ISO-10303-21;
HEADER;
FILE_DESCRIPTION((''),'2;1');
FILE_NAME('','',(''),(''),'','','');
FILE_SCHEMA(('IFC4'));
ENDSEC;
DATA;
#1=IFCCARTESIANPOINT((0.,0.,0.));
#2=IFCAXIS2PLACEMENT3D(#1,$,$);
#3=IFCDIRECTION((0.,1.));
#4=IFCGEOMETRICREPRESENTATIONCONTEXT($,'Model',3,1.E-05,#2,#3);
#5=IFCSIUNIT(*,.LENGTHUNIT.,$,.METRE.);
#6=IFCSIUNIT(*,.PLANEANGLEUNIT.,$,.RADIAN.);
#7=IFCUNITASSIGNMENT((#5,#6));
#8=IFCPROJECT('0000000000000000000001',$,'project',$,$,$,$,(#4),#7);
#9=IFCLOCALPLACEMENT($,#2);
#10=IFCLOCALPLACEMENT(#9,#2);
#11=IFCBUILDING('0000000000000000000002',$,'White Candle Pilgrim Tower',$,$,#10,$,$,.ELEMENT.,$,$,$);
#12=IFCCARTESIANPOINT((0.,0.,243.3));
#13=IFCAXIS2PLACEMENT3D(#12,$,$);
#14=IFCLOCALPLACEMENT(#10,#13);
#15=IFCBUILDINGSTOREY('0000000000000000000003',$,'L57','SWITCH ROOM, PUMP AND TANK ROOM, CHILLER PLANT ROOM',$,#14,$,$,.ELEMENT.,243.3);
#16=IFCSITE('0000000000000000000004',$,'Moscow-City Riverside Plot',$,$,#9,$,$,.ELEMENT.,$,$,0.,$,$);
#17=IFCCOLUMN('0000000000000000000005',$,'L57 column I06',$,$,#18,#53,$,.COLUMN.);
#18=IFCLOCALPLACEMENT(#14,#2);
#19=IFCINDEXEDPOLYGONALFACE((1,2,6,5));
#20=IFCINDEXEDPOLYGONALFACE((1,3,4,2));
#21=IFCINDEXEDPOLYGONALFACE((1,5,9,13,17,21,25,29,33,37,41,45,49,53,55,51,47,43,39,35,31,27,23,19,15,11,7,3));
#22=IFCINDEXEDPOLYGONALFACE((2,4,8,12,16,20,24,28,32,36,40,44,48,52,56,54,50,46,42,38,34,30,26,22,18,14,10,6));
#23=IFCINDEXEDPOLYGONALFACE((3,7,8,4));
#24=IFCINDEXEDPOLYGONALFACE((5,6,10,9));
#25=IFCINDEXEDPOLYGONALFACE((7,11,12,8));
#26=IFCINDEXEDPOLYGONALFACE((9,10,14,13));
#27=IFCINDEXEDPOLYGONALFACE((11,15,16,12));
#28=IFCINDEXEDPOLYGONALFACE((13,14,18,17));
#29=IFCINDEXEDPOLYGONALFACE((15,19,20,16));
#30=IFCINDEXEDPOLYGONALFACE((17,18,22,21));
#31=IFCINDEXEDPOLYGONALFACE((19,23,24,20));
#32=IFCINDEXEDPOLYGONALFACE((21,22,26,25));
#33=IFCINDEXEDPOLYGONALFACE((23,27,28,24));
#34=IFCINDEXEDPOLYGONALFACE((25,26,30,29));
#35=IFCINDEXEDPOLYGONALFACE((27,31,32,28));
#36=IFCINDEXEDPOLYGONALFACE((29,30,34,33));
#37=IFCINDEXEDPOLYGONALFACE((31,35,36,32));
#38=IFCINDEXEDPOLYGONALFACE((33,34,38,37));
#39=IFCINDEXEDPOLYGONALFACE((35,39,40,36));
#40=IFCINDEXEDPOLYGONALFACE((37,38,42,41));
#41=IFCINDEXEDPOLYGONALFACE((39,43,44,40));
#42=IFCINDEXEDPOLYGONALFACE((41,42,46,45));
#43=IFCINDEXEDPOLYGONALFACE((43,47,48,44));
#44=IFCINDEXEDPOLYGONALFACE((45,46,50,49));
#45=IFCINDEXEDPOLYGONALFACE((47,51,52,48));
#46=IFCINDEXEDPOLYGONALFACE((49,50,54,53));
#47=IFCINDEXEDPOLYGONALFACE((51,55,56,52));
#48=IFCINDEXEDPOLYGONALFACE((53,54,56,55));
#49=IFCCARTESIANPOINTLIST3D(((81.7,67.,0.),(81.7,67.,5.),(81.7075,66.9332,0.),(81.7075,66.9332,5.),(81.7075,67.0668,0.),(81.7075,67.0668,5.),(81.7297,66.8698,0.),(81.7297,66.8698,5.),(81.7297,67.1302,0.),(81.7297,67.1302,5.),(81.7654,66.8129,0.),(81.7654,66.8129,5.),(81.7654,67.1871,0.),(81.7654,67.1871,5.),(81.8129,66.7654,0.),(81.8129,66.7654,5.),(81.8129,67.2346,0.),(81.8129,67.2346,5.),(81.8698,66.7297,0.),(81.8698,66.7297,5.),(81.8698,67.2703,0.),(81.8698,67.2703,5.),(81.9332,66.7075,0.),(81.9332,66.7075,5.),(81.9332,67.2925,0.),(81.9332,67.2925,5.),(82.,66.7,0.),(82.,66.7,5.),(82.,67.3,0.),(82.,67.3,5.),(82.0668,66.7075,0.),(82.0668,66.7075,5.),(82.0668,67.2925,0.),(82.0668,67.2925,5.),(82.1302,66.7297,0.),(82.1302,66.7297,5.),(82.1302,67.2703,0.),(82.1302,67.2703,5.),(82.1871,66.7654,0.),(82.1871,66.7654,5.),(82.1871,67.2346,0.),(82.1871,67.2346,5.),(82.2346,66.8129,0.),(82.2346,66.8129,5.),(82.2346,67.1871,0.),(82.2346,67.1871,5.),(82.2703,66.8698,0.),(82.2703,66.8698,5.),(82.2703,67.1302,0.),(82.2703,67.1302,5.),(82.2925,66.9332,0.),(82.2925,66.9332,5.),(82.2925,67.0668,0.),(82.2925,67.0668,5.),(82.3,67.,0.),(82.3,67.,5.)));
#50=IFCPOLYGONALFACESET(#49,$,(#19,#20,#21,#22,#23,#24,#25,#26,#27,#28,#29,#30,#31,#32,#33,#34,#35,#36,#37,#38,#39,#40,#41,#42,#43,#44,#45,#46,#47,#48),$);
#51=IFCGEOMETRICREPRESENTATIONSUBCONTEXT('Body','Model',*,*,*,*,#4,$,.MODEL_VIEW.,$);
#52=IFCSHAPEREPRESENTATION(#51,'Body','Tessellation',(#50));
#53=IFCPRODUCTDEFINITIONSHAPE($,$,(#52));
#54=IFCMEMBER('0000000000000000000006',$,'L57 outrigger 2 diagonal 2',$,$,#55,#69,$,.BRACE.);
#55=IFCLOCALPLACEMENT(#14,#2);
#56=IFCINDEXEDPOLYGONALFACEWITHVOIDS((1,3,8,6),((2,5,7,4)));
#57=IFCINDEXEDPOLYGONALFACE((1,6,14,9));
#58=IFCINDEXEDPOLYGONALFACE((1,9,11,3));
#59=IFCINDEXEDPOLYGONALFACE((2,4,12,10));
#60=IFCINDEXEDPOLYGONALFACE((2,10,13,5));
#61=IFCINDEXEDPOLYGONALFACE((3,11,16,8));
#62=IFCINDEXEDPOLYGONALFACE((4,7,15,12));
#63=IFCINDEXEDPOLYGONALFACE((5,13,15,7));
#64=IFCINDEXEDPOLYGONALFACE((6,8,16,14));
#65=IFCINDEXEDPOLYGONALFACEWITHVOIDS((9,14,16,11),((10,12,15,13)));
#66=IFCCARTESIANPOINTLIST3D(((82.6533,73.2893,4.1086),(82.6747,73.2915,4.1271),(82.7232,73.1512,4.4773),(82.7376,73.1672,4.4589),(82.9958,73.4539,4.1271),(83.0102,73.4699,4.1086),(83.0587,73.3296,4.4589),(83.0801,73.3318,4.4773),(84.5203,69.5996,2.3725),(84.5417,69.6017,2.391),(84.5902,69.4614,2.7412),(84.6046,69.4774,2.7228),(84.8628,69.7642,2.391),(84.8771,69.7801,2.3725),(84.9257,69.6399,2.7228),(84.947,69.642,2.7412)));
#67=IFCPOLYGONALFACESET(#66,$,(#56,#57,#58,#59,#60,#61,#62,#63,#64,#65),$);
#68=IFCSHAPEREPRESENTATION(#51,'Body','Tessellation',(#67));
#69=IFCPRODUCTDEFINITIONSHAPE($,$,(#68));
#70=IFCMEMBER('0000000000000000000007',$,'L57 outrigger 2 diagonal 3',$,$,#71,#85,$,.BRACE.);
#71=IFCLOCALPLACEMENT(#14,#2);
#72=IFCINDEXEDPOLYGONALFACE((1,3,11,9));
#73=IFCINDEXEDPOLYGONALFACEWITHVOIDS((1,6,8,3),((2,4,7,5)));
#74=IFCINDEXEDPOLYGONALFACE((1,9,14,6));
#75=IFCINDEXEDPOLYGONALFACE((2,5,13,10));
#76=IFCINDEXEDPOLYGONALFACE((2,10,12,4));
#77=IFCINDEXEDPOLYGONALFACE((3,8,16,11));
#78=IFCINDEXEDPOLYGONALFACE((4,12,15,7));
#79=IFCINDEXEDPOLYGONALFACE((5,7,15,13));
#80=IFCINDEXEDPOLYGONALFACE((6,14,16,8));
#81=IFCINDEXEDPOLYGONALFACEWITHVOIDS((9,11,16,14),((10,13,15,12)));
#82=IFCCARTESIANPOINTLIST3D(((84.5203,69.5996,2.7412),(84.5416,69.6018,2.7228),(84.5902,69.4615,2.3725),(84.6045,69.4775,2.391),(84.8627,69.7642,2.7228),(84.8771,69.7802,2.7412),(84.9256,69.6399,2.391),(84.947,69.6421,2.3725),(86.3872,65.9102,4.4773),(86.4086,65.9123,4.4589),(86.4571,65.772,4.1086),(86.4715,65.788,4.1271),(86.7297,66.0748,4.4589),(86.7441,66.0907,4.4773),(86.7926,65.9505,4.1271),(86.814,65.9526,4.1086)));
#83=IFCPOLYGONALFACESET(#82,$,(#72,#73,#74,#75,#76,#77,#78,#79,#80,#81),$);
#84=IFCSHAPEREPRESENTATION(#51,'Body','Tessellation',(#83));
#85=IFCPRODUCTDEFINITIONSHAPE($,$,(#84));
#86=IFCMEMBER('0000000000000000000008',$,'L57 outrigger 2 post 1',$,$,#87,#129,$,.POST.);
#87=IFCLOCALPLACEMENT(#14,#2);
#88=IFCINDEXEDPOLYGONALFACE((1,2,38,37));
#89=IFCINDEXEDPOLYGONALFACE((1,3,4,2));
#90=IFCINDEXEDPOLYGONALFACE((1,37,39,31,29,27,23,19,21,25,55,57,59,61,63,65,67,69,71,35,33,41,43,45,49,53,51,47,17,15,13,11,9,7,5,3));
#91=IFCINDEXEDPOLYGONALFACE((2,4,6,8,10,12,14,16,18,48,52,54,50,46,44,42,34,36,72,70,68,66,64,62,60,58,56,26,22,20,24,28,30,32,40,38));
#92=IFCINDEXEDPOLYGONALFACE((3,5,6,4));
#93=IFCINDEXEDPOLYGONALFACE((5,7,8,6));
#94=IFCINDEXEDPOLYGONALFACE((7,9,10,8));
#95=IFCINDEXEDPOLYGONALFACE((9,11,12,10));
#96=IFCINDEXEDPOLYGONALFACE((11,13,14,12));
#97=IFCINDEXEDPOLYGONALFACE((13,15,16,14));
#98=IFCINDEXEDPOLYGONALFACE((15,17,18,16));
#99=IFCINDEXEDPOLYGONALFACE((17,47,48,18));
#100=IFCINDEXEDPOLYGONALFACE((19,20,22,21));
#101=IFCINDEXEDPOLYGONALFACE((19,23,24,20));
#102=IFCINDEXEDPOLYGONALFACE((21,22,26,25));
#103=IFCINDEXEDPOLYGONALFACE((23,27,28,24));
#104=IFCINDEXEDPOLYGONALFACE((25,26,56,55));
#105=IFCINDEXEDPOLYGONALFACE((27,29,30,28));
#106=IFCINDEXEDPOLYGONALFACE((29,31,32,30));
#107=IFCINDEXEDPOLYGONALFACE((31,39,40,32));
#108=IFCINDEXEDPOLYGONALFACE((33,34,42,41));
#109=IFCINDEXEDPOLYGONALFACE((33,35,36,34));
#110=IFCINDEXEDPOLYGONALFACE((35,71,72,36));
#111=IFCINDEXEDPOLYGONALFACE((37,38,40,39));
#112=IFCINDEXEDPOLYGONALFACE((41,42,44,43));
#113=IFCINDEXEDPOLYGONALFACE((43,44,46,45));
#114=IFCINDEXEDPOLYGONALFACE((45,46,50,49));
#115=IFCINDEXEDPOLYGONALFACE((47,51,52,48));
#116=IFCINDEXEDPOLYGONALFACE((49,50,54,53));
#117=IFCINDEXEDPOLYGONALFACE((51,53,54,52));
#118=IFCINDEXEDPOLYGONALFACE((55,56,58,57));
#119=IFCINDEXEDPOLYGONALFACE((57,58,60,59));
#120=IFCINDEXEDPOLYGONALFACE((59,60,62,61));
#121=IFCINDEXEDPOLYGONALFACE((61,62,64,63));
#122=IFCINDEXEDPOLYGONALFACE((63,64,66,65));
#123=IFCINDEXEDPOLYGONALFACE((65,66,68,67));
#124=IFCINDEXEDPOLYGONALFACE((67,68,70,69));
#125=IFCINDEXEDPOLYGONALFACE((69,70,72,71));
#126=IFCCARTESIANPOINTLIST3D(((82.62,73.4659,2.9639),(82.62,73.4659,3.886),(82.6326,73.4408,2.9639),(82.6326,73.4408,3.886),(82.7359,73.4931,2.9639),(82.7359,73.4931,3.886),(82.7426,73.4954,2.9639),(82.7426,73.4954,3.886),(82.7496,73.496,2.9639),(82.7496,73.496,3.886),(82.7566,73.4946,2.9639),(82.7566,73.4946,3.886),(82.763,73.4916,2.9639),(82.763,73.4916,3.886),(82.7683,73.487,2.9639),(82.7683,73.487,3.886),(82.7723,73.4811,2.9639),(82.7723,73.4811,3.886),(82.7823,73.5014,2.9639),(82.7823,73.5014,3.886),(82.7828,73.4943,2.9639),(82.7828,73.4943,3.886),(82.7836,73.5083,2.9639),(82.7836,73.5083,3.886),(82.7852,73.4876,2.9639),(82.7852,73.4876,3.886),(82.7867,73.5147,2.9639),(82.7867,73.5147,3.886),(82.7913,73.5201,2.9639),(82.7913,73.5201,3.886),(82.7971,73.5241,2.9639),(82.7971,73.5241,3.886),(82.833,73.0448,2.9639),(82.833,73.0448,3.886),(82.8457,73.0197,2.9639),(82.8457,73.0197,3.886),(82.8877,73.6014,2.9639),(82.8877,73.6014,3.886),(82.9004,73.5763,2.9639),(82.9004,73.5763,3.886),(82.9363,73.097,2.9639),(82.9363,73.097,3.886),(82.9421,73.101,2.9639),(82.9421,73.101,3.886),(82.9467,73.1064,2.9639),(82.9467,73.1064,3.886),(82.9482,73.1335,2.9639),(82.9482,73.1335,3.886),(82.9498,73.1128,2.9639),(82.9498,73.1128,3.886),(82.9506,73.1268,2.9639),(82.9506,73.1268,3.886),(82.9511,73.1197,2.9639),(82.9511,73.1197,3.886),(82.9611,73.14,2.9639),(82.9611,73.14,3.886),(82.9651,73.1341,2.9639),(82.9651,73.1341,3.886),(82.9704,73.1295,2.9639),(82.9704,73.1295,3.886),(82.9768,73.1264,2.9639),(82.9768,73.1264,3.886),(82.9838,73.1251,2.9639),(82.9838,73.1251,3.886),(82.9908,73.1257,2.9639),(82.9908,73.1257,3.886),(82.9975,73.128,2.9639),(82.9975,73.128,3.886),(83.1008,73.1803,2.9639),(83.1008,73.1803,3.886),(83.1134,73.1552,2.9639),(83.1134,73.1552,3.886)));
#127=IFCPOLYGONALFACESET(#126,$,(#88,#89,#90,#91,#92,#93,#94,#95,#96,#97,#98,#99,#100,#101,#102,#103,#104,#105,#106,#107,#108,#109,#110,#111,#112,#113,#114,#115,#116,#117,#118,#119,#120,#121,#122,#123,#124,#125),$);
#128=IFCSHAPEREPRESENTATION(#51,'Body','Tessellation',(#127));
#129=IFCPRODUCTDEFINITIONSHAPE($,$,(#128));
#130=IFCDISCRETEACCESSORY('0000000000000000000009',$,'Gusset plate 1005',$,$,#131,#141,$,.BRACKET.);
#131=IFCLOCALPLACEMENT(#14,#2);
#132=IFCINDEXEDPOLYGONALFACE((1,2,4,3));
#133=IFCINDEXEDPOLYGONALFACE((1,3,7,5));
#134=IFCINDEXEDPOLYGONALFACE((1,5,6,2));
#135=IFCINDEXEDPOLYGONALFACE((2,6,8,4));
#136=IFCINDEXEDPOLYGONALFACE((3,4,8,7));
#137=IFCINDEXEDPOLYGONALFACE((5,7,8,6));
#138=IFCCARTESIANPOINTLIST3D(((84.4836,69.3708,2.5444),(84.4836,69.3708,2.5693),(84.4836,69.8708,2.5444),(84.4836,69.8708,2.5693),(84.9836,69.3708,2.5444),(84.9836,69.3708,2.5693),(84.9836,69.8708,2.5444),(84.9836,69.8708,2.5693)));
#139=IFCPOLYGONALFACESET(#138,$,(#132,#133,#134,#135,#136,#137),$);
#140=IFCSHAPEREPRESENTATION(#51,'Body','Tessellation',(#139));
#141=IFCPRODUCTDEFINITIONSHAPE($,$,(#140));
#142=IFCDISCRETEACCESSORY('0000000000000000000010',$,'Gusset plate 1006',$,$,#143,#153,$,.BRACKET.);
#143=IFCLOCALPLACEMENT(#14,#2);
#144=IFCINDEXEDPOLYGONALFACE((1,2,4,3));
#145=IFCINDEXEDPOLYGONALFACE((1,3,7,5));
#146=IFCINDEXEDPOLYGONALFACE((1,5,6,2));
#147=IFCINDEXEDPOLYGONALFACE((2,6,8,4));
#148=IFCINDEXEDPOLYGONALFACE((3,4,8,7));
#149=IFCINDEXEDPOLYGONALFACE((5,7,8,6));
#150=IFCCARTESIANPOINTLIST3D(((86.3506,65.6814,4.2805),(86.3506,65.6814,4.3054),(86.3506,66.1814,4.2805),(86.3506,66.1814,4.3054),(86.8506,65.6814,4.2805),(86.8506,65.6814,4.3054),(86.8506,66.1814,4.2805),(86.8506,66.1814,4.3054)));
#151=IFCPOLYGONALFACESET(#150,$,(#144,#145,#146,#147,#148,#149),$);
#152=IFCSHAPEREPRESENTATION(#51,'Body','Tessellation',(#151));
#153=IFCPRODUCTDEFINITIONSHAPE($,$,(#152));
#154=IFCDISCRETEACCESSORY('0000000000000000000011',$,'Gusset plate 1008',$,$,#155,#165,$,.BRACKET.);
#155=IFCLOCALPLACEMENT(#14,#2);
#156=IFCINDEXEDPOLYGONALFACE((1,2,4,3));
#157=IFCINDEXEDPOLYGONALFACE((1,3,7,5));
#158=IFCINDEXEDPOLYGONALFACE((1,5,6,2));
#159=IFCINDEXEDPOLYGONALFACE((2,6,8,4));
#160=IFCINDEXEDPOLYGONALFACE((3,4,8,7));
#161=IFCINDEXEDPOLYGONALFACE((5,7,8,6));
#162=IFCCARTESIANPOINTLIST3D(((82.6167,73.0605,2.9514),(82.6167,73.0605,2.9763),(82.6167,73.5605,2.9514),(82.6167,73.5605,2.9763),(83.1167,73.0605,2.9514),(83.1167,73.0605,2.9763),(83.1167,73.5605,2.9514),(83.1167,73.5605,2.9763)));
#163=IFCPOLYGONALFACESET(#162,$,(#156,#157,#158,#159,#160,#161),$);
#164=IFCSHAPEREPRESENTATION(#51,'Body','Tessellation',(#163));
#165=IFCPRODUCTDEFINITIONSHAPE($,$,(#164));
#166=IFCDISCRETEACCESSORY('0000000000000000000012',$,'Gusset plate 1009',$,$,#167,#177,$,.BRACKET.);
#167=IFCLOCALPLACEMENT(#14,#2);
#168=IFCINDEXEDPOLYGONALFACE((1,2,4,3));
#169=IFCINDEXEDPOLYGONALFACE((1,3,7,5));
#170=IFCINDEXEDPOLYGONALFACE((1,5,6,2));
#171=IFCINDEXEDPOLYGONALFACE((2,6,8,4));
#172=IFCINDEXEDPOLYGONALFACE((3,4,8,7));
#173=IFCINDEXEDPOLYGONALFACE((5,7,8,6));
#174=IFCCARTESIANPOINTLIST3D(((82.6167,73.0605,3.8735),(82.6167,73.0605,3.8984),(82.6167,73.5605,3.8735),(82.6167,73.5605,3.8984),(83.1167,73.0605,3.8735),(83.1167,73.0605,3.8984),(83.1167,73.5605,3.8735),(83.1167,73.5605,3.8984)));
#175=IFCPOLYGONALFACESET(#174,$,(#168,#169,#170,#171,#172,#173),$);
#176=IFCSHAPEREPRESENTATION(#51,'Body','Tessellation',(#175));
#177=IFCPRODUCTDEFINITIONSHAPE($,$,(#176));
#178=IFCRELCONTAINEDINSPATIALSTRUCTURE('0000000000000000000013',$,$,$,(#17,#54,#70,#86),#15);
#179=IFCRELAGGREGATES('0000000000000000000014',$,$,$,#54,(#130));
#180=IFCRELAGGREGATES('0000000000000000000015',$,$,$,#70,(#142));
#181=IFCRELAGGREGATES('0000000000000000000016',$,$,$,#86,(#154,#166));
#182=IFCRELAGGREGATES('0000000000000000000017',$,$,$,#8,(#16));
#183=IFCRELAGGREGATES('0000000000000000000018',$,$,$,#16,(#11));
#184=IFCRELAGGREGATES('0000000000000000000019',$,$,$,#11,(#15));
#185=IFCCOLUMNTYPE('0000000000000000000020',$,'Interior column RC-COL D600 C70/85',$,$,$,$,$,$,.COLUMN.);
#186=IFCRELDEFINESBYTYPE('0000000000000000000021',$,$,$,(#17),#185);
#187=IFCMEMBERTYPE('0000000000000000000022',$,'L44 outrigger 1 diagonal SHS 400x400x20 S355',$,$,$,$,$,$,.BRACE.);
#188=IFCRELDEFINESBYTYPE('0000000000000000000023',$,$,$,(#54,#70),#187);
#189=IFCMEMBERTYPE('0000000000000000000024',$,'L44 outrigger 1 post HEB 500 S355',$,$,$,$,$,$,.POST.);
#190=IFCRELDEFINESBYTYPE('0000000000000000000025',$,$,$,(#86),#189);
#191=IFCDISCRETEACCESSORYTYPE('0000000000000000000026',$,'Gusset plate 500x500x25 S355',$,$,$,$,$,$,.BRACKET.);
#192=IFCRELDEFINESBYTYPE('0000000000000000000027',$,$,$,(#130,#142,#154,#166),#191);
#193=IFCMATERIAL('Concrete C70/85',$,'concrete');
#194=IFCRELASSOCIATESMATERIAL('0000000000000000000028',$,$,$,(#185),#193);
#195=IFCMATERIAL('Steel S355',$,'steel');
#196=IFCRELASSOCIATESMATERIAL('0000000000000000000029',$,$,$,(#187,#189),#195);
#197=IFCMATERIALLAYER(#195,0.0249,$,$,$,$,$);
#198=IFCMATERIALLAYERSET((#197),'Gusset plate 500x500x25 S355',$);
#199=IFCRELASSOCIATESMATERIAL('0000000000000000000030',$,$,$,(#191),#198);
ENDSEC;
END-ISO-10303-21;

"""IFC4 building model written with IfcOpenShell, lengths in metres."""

from ifc_helpers import new_model, si_unit, direction, frame, origin, origin_2d, place, context, subcontext, project, spatial, rectangle, hollow_rectangle, circle, i_section, extrude, material, layer, layer_set, material_profile, profile_set, type_object, element, aggregate, save


model = new_model("IFC4")

# Units and contexts
model_context = context("Model", 3, precision=1e-05, world=origin(), true_north=direction((0.0, 1.0)))
body_context = subcontext(model_context, "Body", "Model", "MODEL_VIEW")
ifc_project = project(units=[si_unit("LENGTHUNIT", "METRE"), si_unit("PLANEANGLEUNIT", "RADIAN")], contexts=[model_context])

# Site, building, storey
site_placement = place(None, origin())
site = spatial("IfcSite", under=ifc_project, at=site_placement, Name="Moscow-City Riverside Plot", CompositionType="ELEMENT", RefElevation=0.0)
building_placement = place(site_placement, origin())
building = spatial("IfcBuilding", under=site, at=building_placement, Name="White Candle Pilgrim Tower", CompositionType="ELEMENT")
storey_placement = place(building_placement, frame((0.0, 0.0, 243.3)))
storey = spatial("IfcBuildingStorey", under=building, at=storey_placement, Name="L57", Description="SWITCH ROOM, PUMP AND TANK ROOM, CHILLER PLANT ROOM", CompositionType="ELEMENT", Elevation=243.3)

# Column
ifc_material_1 = material(Name="Concrete C70/85", Category="concrete")
ifc_material_profile_1 = material_profile(ifc_material_1, circle(Radius=0.3, at=origin_2d()), Name="RC-COL D600")
ifc_profile_set_1 = profile_set([ifc_material_profile_1], Name="Concrete C70/85")
column_type = type_object("IfcColumnType", Name="Interior column RC-COL D600 C70/85", PredefinedType="COLUMN", material=ifc_profile_set_1)
column_placement = place(storey_placement, frame((82.0, 67.0, 0.0), z_axis=(0.0, 0.0, 1.0), x_axis=(1.0, 0.0, 0.0)))
element("IfcColumn", 1, at=column_placement, inside=storey, type_object=column_type, Name="L57 column I06", PredefinedType="COLUMN", context=body_context, shape_type="SweptSolid", body=[
    extrude(circle(Radius=0.3, at=origin_2d()), origin(), (0.0, 0.0, 1.0), 5.0),
])

# Members
ifc_material_2 = material(Name="Steel S355", Category="steel")
ifc_material_profile_2 = material_profile(ifc_material_2, hollow_rectangle(XDim=0.3999, YDim=0.3999, WallThickness=0.02, at=origin_2d()), Name="SHS 400x400x20")
ifc_profile_set_2 = profile_set([ifc_material_profile_2], Name="Steel S355")
member_type_1 = type_object("IfcMemberType", Name="L44 outrigger 1 diagonal SHS 400x400x20 S355", PredefinedType="BRACE", material=ifc_profile_set_2)
member_1_placement = place(storey_placement, frame((82.8667, 73.3105, 4.293), z_axis=(0.416283, -0.822714, -0.387105), x_axis=(0.89228, 0.451483, 0.0)))
member_1 = element("IfcMember", 2, at=member_1_placement, inside=storey, type_object=member_type_1, Name="L57 outrigger 2 diagonal 2", PredefinedType="BRACE", context=body_context, shape_type="SweptSolid", body=[
    extrude(hollow_rectangle(XDim=0.3999, YDim=0.3999, WallThickness=0.02, at=origin_2d()), origin(), (0.0, 0.0, 1.0), 4.4849),
])
member_2_placement = place(storey_placement, frame((84.7336, 69.6208, 2.5569), z_axis=(0.416302, -0.822696, 0.387122), x_axis=(0.892268, 0.451507, 0.0)))
member_2 = element("IfcMember", 3, at=member_2_placement, inside=storey, type_object=member_type_1, Name="L57 outrigger 2 diagonal 3", PredefinedType="BRACE", context=body_context, shape_type="SweptSolid", body=[
    extrude(hollow_rectangle(XDim=0.3999, YDim=0.3999, WallThickness=0.02, at=origin_2d()), origin(), (0.0, 0.0, 1.0), 4.4846),
])
ifc_material_profile_3 = material_profile(ifc_material_2, i_section(OverallWidth=0.3, OverallDepth=0.5, WebThickness=0.0144, FlangeThickness=0.0281, FilletRadius=0.0271, at=origin_2d()), Name="HEB 500")
ifc_profile_set_3 = profile_set([ifc_material_profile_3], Name="Steel S355")
member_type_2 = type_object("IfcMemberType", Name="L44 outrigger 1 post HEB 500 S355", PredefinedType="POST", material=ifc_profile_set_3)
member_3_placement = place(storey_placement, frame((82.8667, 73.3105, 2.9639), z_axis=(0.0, 0.0, 1.0), x_axis=(0.892284, 0.451475, 0.0)))
member_3 = element("IfcMember", 4, at=member_3_placement, inside=storey, type_object=member_type_2, Name="L57 outrigger 2 post 1", PredefinedType="POST", context=body_context, shape_type="SweptSolid", body=[
    extrude(i_section(OverallWidth=0.3, OverallDepth=0.5, WebThickness=0.0144, FlangeThickness=0.0281, FilletRadius=0.0271, at=origin_2d()), origin(), (0.0, 0.0, 1.0), 0.9221),
])

# Discrete accessories
ifc_layer_1 = layer(ifc_material_2, 0.0249)
ifc_layer_set_1 = layer_set([ifc_layer_1], Name="Gusset plate 500x500x25 S355")
discrete_accessory_type = type_object("IfcDiscreteAccessoryType", Name="Gusset plate 500x500x25 S355", PredefinedType="BRACKET", material=ifc_layer_set_1)
discrete_accessory_1_placement = place(storey_placement, frame((84.7336, 69.6208, 2.5444), z_axis=(0.0, 0.0, 1.0), x_axis=(1.0, 0.0, 0.0)))
discrete_accessory_1 = element("IfcDiscreteAccessory", 5, at=discrete_accessory_1_placement, type_object=discrete_accessory_type, Name="Gusset plate 1005", PredefinedType="BRACKET", context=body_context, shape_type="SweptSolid", body=[
    extrude(rectangle(XDim=0.5, YDim=0.5, at=origin_2d()), origin(), (0.0, 0.0, 1.0), 0.0249),
])
aggregate(member_1, [discrete_accessory_1])
discrete_accessory_2_placement = place(storey_placement, frame((86.6006, 65.9314, 4.2805), z_axis=(0.0, 0.0, 1.0), x_axis=(1.0, 0.0, 0.0)))
discrete_accessory_2 = element("IfcDiscreteAccessory", 6, at=discrete_accessory_2_placement, type_object=discrete_accessory_type, Name="Gusset plate 1006", PredefinedType="BRACKET", context=body_context, shape_type="SweptSolid", body=[
    extrude(rectangle(XDim=0.5, YDim=0.5, at=origin_2d()), origin(), (0.0, 0.0, 1.0), 0.0249),
])
aggregate(member_2, [discrete_accessory_2])
discrete_accessory_3_placement = place(storey_placement, frame((82.8667, 73.3105, 2.9514), z_axis=(0.0, 0.0, 1.0), x_axis=(1.0, 0.0, 0.0)))
discrete_accessory_3 = element("IfcDiscreteAccessory", 7, at=discrete_accessory_3_placement, type_object=discrete_accessory_type, Name="Gusset plate 1008", PredefinedType="BRACKET", context=body_context, shape_type="SweptSolid", body=[
    extrude(rectangle(XDim=0.5, YDim=0.5, at=origin_2d()), origin(), (0.0, 0.0, 1.0), 0.0249),
])
discrete_accessory_4_placement = place(storey_placement, frame((82.8667, 73.3105, 3.8735), z_axis=(0.0, 0.0, 1.0), x_axis=(1.0, 0.0, 0.0)))
discrete_accessory_4 = element("IfcDiscreteAccessory", 8, at=discrete_accessory_4_placement, type_object=discrete_accessory_type, Name="Gusset plate 1009", PredefinedType="BRACKET", context=body_context, shape_type="SweptSolid", body=[
    extrude(rectangle(XDim=0.5, YDim=0.5, at=origin_2d()), origin(), (0.0, 0.0, 1.0), 0.0249),
])
aggregate(member_3, [discrete_accessory_3, discrete_accessory_4])

save(model, "model.ifc")
